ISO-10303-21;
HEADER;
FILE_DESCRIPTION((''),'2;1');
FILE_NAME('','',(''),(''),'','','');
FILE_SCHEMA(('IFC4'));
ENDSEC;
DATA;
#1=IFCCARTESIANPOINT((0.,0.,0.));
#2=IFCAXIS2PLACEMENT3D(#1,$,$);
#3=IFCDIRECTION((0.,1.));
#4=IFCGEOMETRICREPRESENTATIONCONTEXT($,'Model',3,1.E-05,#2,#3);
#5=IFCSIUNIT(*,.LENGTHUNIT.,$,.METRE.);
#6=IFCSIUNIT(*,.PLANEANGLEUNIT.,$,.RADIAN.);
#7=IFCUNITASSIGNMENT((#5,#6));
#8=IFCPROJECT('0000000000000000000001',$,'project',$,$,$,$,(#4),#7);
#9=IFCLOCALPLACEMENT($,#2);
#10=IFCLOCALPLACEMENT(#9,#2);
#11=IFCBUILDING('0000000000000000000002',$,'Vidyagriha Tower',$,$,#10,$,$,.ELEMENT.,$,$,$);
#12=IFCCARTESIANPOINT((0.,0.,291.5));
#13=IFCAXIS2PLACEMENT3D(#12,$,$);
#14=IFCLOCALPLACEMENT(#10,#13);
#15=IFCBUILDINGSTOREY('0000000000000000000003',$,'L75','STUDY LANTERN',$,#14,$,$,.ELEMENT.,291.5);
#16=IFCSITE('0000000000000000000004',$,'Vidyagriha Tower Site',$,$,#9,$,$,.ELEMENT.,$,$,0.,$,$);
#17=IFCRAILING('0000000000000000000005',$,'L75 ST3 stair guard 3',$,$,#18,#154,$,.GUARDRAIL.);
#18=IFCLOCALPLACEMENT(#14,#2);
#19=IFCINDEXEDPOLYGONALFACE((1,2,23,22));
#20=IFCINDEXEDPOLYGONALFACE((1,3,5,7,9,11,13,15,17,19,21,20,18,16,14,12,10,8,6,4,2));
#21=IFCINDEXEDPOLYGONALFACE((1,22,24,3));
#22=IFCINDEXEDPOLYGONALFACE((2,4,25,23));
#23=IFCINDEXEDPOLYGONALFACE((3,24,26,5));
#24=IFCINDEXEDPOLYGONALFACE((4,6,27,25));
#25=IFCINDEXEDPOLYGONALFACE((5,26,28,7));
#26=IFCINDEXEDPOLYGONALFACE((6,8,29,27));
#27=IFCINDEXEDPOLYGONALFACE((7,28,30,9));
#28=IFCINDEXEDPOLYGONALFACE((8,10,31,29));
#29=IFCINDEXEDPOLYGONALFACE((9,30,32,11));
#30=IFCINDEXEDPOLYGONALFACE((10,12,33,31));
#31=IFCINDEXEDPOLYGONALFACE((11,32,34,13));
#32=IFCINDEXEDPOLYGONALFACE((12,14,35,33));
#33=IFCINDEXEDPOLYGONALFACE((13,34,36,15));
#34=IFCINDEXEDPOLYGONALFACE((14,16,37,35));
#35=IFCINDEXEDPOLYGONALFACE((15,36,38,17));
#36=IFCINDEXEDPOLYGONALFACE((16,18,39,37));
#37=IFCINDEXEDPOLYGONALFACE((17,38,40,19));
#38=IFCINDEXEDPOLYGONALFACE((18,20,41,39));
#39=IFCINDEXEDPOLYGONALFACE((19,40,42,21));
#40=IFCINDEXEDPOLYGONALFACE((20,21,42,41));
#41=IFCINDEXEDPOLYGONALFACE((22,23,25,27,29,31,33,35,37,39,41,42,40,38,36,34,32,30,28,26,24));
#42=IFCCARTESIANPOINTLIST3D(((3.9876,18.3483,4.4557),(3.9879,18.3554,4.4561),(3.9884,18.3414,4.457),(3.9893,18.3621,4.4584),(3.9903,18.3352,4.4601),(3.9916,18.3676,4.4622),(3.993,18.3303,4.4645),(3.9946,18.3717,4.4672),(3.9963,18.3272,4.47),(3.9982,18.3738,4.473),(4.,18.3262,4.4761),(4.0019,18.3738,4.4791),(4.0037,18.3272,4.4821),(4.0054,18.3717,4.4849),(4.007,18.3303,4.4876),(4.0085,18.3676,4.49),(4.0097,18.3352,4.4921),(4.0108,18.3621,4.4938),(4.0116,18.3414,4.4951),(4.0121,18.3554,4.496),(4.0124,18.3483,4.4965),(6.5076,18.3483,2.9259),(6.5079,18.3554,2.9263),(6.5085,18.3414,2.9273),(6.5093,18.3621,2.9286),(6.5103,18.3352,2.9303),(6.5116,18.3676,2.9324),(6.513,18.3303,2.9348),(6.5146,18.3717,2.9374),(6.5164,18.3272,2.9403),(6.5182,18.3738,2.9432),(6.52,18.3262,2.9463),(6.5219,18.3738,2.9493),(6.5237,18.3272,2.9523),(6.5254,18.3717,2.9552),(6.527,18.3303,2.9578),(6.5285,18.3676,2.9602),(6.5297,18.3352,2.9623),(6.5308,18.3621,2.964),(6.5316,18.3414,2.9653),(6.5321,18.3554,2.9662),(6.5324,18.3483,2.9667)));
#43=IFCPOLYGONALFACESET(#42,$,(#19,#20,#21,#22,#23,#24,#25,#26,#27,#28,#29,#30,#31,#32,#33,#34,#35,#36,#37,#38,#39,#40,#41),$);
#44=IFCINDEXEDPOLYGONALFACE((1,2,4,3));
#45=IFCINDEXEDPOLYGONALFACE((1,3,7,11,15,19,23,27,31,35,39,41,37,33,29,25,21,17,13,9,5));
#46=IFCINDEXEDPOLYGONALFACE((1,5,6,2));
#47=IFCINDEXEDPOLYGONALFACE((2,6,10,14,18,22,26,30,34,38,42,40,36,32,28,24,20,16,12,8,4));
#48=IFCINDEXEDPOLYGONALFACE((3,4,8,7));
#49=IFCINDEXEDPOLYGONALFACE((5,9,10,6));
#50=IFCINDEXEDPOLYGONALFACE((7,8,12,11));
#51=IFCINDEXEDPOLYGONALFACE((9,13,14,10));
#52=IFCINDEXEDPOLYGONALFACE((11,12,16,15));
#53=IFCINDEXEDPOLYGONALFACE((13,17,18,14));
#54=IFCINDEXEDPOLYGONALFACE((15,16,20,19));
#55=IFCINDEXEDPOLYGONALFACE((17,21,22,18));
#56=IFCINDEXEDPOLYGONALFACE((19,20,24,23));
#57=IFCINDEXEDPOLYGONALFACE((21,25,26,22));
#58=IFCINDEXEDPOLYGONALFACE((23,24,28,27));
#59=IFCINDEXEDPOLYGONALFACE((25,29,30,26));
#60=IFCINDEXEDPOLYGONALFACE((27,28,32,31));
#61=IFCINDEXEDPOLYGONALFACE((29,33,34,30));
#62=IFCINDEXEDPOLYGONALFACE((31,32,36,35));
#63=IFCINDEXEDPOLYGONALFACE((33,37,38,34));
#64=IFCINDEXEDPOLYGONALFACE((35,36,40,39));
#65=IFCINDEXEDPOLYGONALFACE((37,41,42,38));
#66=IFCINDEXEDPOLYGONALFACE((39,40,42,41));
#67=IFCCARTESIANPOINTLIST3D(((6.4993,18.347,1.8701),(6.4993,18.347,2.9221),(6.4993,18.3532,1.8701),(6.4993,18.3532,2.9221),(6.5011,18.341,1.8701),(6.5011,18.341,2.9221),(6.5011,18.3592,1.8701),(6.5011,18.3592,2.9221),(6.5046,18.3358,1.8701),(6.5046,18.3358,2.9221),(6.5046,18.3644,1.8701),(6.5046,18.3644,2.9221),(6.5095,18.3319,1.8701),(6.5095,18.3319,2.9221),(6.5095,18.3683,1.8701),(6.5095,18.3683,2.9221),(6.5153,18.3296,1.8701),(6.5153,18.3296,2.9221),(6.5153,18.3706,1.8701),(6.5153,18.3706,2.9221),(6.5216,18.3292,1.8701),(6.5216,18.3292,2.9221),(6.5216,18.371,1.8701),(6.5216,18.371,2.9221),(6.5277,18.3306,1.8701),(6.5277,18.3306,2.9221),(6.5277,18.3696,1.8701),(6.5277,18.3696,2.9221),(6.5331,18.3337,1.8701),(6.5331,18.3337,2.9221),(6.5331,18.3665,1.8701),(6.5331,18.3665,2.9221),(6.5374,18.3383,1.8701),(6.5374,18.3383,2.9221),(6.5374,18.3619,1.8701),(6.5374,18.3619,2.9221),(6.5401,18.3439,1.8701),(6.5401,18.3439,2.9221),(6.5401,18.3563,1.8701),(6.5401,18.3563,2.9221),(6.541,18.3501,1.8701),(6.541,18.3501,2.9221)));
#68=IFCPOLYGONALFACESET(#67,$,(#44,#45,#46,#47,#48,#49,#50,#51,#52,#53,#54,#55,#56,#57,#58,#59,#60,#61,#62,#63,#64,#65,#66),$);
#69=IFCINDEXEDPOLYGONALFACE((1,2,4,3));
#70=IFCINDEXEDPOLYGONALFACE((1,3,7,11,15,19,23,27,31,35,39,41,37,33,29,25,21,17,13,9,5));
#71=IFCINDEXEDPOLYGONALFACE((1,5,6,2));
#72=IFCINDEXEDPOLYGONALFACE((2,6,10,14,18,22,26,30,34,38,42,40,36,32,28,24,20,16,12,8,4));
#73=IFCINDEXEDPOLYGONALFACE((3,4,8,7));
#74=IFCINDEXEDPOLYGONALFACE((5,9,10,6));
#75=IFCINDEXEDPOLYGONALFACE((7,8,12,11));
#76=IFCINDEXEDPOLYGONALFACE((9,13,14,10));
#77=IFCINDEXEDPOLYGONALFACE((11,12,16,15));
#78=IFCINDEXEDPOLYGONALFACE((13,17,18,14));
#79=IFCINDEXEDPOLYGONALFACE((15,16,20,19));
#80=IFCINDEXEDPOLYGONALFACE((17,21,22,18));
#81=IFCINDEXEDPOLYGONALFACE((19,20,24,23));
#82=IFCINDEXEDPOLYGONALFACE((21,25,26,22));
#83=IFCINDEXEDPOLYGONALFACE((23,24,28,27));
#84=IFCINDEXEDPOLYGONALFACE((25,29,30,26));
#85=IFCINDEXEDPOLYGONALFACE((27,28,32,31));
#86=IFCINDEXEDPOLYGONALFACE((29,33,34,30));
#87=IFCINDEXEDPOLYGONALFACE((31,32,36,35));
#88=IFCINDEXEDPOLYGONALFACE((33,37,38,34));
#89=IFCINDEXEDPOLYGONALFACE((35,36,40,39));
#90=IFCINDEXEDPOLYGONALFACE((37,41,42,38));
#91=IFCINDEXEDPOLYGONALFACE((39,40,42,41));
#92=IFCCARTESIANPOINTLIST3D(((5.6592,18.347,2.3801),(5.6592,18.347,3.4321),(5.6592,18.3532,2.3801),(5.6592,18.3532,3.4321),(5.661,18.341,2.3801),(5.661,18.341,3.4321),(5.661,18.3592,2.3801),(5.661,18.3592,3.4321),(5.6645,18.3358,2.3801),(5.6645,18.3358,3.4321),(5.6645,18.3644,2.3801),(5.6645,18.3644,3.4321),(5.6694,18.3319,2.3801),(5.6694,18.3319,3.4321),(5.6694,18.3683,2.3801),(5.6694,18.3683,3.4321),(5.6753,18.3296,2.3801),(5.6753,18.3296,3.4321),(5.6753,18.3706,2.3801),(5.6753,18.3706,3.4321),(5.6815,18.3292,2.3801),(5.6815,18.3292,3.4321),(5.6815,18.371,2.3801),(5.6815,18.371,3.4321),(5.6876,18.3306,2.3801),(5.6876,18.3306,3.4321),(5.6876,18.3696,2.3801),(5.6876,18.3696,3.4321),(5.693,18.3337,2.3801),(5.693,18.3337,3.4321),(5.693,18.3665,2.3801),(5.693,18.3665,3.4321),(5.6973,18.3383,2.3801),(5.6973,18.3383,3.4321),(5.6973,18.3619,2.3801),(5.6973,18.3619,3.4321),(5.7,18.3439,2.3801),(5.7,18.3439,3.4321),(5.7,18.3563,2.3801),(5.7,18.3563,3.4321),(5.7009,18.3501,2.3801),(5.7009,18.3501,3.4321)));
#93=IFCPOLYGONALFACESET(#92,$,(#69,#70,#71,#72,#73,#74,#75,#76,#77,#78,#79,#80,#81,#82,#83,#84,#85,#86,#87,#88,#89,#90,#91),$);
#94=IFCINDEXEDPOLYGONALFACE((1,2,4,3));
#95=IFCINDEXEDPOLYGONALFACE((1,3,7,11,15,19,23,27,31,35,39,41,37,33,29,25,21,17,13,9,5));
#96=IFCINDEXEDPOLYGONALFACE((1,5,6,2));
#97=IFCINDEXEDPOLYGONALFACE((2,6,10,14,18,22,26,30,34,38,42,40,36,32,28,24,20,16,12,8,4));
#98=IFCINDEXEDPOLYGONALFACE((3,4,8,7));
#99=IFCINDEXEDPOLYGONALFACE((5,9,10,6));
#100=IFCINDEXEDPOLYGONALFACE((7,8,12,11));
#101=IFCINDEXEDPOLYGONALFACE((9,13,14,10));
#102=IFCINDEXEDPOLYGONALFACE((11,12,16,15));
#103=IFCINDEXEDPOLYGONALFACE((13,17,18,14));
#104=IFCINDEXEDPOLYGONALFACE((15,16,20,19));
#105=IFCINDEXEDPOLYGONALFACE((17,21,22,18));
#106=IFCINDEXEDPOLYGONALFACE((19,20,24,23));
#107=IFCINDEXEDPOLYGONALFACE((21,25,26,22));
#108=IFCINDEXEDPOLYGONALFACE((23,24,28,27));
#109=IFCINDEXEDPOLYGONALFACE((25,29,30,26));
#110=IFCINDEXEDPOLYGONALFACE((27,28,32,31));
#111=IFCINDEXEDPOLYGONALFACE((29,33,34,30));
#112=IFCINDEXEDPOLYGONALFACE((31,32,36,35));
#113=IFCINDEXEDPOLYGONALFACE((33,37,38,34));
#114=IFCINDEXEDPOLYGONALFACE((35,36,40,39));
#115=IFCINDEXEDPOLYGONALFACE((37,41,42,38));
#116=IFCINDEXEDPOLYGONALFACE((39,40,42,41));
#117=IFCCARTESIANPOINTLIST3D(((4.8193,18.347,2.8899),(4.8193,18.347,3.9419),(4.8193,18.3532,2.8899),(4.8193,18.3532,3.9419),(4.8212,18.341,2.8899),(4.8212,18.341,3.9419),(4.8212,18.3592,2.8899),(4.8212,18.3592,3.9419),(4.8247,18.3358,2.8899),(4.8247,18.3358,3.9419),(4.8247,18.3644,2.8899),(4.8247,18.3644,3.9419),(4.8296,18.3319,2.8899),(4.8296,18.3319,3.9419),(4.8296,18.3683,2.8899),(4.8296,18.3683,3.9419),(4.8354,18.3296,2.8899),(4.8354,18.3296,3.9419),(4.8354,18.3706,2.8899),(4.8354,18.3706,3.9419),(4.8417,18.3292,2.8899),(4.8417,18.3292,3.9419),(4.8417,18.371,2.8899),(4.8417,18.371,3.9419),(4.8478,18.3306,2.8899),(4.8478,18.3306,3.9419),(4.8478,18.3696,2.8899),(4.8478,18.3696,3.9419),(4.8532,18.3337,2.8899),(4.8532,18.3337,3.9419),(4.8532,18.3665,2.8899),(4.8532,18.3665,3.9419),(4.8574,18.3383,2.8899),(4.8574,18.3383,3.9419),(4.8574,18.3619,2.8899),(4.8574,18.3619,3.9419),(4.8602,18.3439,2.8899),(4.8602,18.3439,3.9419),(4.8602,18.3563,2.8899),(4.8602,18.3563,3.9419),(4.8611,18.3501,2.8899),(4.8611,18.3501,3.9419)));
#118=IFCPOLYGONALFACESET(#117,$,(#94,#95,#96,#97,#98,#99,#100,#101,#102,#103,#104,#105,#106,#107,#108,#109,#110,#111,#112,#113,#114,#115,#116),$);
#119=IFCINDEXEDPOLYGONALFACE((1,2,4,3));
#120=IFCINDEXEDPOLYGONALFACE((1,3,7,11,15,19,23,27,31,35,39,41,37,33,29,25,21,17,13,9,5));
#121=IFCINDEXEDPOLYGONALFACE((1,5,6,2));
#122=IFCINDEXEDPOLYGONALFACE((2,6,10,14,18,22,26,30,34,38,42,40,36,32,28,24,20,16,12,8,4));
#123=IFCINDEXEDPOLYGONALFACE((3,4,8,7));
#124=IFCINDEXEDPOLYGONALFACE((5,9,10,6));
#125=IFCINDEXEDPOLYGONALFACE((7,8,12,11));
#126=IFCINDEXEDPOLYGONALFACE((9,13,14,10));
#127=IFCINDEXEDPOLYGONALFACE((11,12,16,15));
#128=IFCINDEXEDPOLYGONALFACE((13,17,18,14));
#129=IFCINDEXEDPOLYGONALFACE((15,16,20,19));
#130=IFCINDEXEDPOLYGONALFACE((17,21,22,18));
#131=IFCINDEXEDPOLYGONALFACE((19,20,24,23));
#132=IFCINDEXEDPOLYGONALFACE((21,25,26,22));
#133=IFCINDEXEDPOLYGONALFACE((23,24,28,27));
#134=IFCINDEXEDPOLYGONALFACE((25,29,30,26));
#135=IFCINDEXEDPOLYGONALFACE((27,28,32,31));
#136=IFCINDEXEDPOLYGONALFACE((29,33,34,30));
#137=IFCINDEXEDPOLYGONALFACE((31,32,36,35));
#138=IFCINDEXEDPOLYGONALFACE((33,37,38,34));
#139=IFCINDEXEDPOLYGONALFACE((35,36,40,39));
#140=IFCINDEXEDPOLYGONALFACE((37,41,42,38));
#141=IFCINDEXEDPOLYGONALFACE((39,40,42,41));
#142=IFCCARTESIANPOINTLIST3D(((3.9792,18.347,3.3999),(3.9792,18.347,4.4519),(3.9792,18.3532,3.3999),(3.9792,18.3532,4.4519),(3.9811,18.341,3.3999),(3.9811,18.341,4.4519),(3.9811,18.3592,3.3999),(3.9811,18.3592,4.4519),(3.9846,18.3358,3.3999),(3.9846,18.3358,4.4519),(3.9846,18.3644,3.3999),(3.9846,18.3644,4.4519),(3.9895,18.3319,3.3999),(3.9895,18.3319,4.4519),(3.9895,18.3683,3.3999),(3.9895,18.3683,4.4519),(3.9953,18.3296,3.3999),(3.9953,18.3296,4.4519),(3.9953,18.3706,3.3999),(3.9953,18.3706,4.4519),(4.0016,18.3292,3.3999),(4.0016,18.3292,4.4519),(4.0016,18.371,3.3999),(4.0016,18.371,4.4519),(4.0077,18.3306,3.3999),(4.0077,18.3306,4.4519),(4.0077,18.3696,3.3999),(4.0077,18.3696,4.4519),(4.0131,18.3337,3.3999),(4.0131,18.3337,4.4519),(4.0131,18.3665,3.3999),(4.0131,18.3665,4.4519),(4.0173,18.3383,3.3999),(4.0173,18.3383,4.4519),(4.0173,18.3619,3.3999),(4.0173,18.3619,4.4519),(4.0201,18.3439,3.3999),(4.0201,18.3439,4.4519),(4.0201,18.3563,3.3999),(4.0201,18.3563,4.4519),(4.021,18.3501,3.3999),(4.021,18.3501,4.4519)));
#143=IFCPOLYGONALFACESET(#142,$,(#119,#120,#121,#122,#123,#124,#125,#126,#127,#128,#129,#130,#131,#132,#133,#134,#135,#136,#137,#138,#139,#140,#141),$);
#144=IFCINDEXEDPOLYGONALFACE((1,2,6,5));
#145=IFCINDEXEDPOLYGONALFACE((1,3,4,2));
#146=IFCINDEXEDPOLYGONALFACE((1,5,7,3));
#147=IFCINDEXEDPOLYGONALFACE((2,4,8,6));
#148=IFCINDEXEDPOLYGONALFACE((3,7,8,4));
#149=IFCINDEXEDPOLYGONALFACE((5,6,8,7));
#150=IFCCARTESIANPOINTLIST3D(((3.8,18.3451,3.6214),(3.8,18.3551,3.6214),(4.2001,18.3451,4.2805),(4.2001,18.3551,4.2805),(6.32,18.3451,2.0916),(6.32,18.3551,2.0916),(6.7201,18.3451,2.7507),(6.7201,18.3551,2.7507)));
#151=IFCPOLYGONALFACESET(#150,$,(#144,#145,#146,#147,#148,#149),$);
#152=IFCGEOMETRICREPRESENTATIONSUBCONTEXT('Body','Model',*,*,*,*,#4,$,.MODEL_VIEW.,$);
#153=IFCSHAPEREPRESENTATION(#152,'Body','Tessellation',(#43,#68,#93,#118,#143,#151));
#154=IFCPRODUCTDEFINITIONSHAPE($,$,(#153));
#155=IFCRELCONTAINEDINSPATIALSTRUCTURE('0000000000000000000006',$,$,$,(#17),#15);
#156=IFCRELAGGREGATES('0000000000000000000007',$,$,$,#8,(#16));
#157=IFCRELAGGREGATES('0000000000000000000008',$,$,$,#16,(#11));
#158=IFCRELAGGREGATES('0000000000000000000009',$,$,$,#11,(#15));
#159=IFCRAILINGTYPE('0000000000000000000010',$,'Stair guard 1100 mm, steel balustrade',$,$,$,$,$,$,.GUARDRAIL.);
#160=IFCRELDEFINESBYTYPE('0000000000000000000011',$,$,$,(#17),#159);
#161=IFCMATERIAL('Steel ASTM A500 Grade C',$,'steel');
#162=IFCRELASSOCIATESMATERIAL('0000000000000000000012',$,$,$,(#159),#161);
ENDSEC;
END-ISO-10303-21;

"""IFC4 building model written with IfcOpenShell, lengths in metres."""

from ifc_helpers import new_model, si_unit, direction, frame, origin, origin_2d, place, context, subcontext, project, spatial, rectangle, circle, extrude, material, type_object, element, save


model = new_model("IFC4")

# Units and contexts
model_context = context("Model", 3, precision=1e-05, world=origin(), true_north=direction((0.0, 1.0)))
body_context = subcontext(model_context, "Body", "Model", "MODEL_VIEW")
ifc_project = project(units=[si_unit("LENGTHUNIT", "METRE"), si_unit("PLANEANGLEUNIT", "RADIAN")], contexts=[model_context])

# Site, building, storey
site_placement = place(None, origin())
site = spatial("IfcSite", under=ifc_project, at=site_placement, Name="Vidyagriha Tower Site", CompositionType="ELEMENT", RefElevation=0.0)
building_placement = place(site_placement, origin())
building = spatial("IfcBuilding", under=site, at=building_placement, Name="Vidyagriha Tower", CompositionType="ELEMENT")
storey_placement = place(building_placement, frame((0.0, 0.0, 291.5)))
storey = spatial("IfcBuildingStorey", under=building, at=storey_placement, Name="L75", Description="STUDY LANTERN", CompositionType="ELEMENT", Elevation=291.5)

# Railing
ifc_material_1 = material(Name="Steel ASTM A500 Grade C", Category="steel")
railing_type_1 = type_object("IfcRailingType", Name="Stair guard 1100 mm, steel balustrade", PredefinedType="GUARDRAIL", material=ifc_material_1)
railing_1_placement = place(storey_placement, frame((6.52, 18.3501, 1.8701)))
element("IfcRailing", 1, at=railing_1_placement, inside=storey, type_object=railing_type_1, Name="L75 ST3 stair guard 3", PredefinedType="GUARDRAIL", context=body_context, shape_type="SweptSolid", body=[
    extrude(circle(Radius=0.0239, at=origin_2d()), frame((0.0, 0.0, 1.0762), z_axis=(-0.854822, 0.0, 0.518922), x_axis=(0.0, -1.0, 0.0)), (0.0, 0.0, 1.0), 2.948),
    extrude(circle(Radius=0.021, at=origin_2d()), origin(), (0.0, 0.0, 1.0), 1.052),
    extrude(circle(Radius=0.021, at=origin_2d()), frame((-0.8401, 0.0, 0.51)), (0.0, 0.0, 1.0), 1.052),
    extrude(circle(Radius=0.021, at=origin_2d()), frame((-1.6799, 0.0, 1.0198)), (0.0, 0.0, 1.0), 1.052),
    extrude(circle(Radius=0.021, at=origin_2d()), frame((-2.52, 0.0, 1.5298)), (0.0, 0.0, 1.0), 1.052),
    extrude(rectangle(XDim=0.01, YDim=0.771, at=origin_2d()), frame((0.0, 0.0, 0.551), z_axis=(-0.854822, 0.0, 0.518922), x_axis=(0.0, -1.0, 0.0)), (0.0, 0.0, 1.0), 2.948),
])

save(model, "model.ifc")
